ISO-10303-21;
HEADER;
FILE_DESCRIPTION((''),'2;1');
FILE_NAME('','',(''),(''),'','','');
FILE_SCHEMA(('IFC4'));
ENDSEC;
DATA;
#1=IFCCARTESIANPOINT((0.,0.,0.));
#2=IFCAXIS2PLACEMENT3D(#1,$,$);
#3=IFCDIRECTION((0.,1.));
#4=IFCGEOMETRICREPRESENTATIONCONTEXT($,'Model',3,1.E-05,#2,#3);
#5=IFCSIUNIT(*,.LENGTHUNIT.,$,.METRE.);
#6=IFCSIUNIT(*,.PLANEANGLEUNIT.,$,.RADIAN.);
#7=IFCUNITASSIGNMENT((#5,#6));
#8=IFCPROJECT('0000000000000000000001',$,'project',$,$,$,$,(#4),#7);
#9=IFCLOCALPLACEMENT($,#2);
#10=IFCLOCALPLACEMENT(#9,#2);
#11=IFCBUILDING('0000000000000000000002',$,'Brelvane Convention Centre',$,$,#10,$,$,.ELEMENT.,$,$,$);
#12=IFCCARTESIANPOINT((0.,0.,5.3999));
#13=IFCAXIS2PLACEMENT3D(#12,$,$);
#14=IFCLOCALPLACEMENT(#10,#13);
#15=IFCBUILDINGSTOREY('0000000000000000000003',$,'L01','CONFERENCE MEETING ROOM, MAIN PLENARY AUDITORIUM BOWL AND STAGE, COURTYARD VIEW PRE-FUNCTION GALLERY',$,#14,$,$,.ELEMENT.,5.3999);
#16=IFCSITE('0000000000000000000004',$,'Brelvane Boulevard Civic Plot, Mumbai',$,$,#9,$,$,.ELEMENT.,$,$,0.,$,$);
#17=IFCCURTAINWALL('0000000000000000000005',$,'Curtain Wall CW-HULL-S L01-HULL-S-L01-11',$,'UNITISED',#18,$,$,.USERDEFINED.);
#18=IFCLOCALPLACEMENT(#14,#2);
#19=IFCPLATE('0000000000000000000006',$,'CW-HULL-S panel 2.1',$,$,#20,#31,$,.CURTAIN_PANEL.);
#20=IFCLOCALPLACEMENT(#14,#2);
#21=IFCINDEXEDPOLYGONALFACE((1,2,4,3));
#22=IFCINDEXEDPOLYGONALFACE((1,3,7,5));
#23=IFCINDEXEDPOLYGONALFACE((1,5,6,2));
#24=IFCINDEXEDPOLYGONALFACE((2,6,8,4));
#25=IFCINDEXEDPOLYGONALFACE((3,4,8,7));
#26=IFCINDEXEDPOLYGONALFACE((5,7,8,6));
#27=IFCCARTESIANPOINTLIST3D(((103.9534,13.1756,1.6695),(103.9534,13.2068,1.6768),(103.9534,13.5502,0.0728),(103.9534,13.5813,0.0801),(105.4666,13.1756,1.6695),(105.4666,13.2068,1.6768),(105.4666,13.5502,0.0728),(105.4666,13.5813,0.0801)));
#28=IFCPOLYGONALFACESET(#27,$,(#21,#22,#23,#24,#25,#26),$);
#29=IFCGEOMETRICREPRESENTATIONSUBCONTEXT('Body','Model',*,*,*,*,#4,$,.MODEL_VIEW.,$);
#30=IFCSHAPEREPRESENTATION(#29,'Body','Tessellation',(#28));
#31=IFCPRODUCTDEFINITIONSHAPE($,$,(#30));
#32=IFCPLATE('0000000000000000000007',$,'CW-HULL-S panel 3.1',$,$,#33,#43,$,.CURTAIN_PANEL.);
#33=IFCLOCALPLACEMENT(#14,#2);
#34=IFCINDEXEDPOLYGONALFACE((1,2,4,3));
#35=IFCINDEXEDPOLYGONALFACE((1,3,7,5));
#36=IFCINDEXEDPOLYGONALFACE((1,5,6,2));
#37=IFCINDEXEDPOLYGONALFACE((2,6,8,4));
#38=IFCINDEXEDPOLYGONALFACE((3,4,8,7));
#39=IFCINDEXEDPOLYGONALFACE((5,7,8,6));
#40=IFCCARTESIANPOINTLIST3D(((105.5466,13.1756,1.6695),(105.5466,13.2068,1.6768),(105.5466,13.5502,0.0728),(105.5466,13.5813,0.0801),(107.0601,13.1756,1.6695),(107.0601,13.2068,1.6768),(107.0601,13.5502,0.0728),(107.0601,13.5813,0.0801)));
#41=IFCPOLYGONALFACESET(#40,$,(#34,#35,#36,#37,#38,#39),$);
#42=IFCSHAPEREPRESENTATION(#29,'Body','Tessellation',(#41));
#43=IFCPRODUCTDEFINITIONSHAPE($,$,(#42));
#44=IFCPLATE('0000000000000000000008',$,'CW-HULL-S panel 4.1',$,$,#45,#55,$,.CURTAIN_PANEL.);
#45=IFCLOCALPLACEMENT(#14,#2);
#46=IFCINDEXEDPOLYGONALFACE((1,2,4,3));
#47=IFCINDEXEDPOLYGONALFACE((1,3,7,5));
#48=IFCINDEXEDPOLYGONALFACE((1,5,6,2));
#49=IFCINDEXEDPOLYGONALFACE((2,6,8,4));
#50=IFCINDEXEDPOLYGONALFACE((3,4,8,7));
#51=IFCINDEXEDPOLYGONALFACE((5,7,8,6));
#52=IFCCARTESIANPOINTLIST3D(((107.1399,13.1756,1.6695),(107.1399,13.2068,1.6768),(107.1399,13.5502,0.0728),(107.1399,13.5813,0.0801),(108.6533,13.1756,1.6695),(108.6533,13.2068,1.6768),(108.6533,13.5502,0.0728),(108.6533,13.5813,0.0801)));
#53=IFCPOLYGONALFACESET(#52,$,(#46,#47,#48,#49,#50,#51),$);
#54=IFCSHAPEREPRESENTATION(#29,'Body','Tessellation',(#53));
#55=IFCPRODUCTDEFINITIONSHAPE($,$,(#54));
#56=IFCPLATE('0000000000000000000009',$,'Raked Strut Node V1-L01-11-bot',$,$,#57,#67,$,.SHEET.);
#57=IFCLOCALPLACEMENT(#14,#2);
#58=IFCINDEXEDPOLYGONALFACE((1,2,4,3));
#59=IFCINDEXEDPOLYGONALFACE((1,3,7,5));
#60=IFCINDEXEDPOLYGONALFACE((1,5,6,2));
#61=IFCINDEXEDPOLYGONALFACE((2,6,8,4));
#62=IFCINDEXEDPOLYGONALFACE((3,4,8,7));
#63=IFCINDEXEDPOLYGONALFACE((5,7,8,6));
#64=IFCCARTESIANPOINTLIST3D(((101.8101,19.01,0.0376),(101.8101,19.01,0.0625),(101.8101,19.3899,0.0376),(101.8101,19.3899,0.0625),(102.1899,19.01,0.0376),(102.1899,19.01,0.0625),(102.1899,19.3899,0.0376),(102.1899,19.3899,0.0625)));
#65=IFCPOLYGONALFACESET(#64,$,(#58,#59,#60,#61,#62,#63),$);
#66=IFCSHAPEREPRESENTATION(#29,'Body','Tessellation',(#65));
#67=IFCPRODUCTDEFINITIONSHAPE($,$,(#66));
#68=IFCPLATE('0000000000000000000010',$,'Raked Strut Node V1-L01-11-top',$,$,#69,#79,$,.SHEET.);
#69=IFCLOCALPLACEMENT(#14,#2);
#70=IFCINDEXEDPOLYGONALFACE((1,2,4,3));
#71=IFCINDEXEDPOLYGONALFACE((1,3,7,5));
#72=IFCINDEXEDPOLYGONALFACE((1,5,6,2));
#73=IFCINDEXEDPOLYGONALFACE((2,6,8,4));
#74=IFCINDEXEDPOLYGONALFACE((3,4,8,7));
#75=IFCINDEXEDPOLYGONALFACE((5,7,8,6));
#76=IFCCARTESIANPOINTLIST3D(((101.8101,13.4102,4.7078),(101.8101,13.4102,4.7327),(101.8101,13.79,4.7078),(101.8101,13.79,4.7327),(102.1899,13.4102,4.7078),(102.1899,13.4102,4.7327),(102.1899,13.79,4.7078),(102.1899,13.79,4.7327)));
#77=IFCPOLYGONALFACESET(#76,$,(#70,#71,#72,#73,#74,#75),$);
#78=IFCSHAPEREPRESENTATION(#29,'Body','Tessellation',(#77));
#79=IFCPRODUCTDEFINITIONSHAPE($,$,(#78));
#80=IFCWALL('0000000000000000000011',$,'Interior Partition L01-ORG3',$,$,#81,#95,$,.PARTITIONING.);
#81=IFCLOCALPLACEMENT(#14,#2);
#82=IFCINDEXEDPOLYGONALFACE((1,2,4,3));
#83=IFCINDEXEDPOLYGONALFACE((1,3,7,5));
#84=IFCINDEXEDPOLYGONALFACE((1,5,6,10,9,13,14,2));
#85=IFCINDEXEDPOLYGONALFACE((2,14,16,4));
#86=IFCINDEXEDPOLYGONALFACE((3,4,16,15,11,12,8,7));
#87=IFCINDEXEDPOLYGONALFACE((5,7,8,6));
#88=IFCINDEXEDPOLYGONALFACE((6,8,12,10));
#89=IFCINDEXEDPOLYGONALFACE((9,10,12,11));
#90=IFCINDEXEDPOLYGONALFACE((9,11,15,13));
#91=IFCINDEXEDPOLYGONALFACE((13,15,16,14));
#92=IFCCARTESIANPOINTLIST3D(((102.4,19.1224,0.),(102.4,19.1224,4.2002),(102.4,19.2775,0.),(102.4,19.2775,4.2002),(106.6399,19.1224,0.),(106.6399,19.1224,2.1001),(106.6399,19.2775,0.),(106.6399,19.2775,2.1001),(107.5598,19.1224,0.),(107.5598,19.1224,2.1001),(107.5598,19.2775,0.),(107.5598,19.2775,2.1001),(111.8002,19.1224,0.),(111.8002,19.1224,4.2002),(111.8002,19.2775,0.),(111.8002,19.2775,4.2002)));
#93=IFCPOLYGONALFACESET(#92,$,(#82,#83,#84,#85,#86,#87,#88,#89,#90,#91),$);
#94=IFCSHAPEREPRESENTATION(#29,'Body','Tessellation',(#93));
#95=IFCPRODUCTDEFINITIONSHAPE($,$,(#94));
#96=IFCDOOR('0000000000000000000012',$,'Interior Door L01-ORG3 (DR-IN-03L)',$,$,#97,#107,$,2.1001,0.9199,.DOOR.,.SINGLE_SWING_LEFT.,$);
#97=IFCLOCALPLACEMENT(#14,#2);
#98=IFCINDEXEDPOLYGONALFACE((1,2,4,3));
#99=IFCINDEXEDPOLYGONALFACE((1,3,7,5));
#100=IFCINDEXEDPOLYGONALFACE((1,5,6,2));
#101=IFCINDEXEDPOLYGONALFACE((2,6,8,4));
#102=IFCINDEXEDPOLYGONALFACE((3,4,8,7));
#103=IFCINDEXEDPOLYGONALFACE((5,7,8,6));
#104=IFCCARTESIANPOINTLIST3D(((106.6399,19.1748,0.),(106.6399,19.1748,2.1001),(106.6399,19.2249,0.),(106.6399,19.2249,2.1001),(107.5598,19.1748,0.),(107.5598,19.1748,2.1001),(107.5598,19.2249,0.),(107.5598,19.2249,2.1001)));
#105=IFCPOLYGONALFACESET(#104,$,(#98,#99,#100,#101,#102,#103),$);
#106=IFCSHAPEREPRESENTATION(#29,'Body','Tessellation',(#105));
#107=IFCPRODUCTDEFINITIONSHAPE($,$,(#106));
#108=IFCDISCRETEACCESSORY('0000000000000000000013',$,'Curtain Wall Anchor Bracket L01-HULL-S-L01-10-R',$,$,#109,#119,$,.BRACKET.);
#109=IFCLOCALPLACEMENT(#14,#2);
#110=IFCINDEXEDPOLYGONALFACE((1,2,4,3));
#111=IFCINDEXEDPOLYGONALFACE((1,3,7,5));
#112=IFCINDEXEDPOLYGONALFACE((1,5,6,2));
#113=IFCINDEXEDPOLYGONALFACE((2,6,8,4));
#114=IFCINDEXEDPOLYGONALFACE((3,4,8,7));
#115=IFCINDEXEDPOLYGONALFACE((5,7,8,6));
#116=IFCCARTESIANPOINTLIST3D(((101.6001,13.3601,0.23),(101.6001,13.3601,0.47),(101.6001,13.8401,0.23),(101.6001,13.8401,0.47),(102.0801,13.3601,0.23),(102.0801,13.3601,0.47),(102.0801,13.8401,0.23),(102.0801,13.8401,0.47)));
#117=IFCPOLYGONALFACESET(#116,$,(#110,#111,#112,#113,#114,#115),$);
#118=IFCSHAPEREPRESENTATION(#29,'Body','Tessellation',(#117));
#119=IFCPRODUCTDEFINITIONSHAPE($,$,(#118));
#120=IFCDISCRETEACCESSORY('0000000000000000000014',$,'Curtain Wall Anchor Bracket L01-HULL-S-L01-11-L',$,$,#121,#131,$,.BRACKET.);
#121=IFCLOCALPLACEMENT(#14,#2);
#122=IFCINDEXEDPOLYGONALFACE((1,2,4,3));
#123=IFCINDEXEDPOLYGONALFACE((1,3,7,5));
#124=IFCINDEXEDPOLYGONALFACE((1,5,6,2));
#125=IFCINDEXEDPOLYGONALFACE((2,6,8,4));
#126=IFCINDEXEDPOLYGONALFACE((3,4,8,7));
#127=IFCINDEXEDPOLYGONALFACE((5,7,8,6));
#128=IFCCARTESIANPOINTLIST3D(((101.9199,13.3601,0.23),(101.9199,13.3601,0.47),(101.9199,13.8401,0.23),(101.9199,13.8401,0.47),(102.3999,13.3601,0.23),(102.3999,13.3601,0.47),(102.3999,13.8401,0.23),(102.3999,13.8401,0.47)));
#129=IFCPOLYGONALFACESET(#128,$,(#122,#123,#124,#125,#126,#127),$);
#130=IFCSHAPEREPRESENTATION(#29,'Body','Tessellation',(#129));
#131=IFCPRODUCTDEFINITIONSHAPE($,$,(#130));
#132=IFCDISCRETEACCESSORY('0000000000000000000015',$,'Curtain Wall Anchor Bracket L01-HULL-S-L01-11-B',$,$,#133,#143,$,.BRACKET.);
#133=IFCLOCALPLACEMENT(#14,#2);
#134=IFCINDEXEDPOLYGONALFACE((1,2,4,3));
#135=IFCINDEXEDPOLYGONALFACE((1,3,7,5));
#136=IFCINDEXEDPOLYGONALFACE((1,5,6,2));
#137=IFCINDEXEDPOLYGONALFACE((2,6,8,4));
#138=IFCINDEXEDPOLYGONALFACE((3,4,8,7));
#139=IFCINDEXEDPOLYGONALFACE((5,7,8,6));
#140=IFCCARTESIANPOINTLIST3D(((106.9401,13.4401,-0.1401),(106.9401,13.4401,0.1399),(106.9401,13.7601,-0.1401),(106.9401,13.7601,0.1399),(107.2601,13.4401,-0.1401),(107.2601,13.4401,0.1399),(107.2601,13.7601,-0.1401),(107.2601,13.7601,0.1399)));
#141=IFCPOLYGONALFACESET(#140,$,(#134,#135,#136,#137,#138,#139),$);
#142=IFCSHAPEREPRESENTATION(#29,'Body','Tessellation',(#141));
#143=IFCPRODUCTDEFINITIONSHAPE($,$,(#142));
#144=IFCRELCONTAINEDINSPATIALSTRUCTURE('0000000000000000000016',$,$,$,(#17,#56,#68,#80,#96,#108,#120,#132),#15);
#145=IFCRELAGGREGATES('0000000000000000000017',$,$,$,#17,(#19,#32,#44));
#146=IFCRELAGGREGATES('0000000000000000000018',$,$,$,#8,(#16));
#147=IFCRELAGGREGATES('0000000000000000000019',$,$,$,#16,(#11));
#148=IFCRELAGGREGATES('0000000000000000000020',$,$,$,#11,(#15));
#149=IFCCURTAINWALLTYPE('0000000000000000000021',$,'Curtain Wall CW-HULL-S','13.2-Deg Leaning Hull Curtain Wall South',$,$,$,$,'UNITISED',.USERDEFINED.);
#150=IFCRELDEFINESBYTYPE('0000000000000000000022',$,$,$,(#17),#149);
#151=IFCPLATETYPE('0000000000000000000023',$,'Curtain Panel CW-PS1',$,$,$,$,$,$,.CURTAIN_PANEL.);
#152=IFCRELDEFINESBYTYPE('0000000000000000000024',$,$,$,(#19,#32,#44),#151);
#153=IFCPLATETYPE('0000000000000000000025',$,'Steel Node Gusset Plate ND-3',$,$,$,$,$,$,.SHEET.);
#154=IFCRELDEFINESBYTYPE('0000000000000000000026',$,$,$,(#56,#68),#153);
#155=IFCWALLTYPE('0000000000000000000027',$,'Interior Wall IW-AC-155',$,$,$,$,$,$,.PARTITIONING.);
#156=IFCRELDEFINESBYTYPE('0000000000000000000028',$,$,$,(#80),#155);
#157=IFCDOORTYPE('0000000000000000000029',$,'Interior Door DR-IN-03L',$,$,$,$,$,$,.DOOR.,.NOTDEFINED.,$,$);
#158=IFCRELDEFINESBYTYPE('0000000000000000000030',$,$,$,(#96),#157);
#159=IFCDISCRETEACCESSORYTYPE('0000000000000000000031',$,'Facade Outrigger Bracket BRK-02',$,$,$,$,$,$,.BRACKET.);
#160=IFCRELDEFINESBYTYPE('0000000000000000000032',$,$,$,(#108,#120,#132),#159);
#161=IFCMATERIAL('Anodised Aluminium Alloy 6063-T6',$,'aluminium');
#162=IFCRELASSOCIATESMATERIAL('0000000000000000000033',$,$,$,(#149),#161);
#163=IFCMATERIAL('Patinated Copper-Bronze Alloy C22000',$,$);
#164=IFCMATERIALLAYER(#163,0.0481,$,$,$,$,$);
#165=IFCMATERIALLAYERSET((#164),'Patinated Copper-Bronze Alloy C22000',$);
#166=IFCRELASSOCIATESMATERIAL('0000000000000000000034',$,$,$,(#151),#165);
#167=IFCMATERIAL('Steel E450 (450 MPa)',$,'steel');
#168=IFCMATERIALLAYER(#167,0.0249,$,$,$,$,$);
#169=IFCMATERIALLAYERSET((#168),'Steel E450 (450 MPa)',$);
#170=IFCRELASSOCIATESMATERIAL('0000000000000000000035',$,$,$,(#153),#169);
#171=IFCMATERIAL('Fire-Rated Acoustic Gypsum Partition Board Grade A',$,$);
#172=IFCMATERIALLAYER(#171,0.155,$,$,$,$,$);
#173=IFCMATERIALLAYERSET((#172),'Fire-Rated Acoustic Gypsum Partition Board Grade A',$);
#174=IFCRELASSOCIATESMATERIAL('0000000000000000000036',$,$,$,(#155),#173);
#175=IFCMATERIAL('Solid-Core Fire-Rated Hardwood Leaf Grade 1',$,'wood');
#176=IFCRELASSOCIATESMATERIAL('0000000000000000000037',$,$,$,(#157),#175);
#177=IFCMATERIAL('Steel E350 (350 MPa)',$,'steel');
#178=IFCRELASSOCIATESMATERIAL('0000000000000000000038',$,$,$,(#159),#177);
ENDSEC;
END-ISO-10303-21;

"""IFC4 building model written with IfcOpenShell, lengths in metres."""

from ifc_helpers import new_model, si_unit, direction, frame, frame_2d, origin, origin_2d, place, context, subcontext, project, spatial, polyline, rectangle, outline, extrude, material, layer, layer_set, type_object, element, fill, aggregate, save


model = new_model("IFC4")

# Units and contexts
model_context = context("Model", 3, precision=1e-05, world=origin(), true_north=direction((0.0, 1.0)))
body_context = subcontext(model_context, "Body", "Model", "MODEL_VIEW")
ifc_project = project(units=[si_unit("LENGTHUNIT", "METRE"), si_unit("PLANEANGLEUNIT", "RADIAN")], contexts=[model_context])

# Site, building, storey
site_placement = place(None, origin())
site = spatial("IfcSite", under=ifc_project, at=site_placement, Name="Brelvane Boulevard Civic Plot, Mumbai", CompositionType="ELEMENT", RefElevation=0.0)
building_placement = place(site_placement, origin())
building = spatial("IfcBuilding", under=site, at=building_placement, Name="Brelvane Convention Centre", CompositionType="ELEMENT")
storey_placement = place(building_placement, frame((0.0, 0.0, 5.3999)))
storey = spatial("IfcBuildingStorey", under=building, at=storey_placement, Name="L01", Description="CONFERENCE MEETING ROOM, MAIN PLENARY AUDITORIUM BOWL AND STAGE, COURTYARD VIEW PRE-FUNCTION GALLERY", CompositionType="ELEMENT", Elevation=5.3999)

# Curtain wall
ifc_material_1 = material(Name="Anodised Aluminium Alloy 6063-T6", Category="aluminium")
curtain_wall_type = type_object("IfcCurtainWallType", Name="Curtain Wall CW-HULL-S", Description="13.2-Deg Leaning Hull Curtain Wall South", ElementType="UNITISED", PredefinedType="USERDEFINED", material=ifc_material_1)
curtain_wall_1_placement = place(storey_placement, origin())
curtain_wall_1 = element("IfcCurtainWall", 1, at=curtain_wall_1_placement, inside=storey, type_object=curtain_wall_type, Name="Curtain Wall CW-HULL-S L01-HULL-S-L01-11", ObjectType="UNITISED", PredefinedType="USERDEFINED")

# Plates
ifc_material_2 = material(Name="Patinated Copper-Bronze Alloy C22000")
ifc_layer_1 = layer(ifc_material_2, 0.0481)
ifc_layer_set_1 = layer_set([ifc_layer_1], Name="Patinated Copper-Bronze Alloy C22000")
plate_type_1 = type_object("IfcPlateType", Name="Curtain Panel CW-PS1", PredefinedType="CURTAIN_PANEL", material=ifc_layer_set_1)
plate_1_placement = place(storey_placement, frame((103.9534, 13.5813, 0.0801), z_axis=(0.0, 0.973577, 0.228359), x_axis=(1.0, 0.0, 0.0)))
plate_1 = element("IfcPlate", 2, at=plate_1_placement, type_object=plate_type_1, Name="CW-HULL-S panel 2.1", PredefinedType="CURTAIN_PANEL", context=body_context, shape_type="SweptSolid", body=[
    extrude(outline(polyline([(0.0, 0.0), (1.5132, 0.0), (1.5132, -1.64), (0.0, -1.64), (0.0, 0.0)])), origin(), (0.0, 0.0, -1.0), 0.032),
])
plate_2_placement = place(storey_placement, frame((105.5466, 13.5813, 0.0801), z_axis=(0.0, 0.973577, 0.228359), x_axis=(1.0, 0.0, 0.0)))
plate_2 = element("IfcPlate", 3, at=plate_2_placement, type_object=plate_type_1, Name="CW-HULL-S panel 3.1", PredefinedType="CURTAIN_PANEL", context=body_context, shape_type="SweptSolid", body=[
    extrude(outline(polyline([(0.0, 0.0), (1.5134, 0.0), (1.5134, -1.64), (0.0, -1.64), (0.0, 0.0)])), origin(), (0.0, 0.0, -1.0), 0.032),
])
plate_3_placement = place(storey_placement, frame((107.1399, 13.5813, 0.0801), z_axis=(0.0, 0.973577, 0.228359), x_axis=(1.0, 0.0, 0.0)))
plate_3 = element("IfcPlate", 4, at=plate_3_placement, type_object=plate_type_1, Name="CW-HULL-S panel 4.1", PredefinedType="CURTAIN_PANEL", context=body_context, shape_type="SweptSolid", body=[
    extrude(outline(polyline([(0.0, 0.0), (1.5134, 0.0), (1.5134, -1.64), (0.0, -1.64), (0.0, 0.0)])), origin(), (0.0, 0.0, -1.0), 0.032),
])
aggregate(curtain_wall_1, [plate_1, plate_2, plate_3])

# Plates
ifc_material_3 = material(Name="Steel E450 (450 MPa)", Category="steel")
ifc_layer_2 = layer(ifc_material_3, 0.0249)
ifc_layer_set_2 = layer_set([ifc_layer_2], Name="Steel E450 (450 MPa)")
plate_type_2 = type_object("IfcPlateType", Name="Steel Node Gusset Plate ND-3", PredefinedType="SHEET", material=ifc_layer_set_2)
for number, where, z_axis, x_axis, name in (
    (5, (102.0, 19.2, 0.0376), (0.0, 0.0, 1.0), (1.0, 0.0, 0.0), "Raked Strut Node V1-L01-11-bot"),
    (6, (102.0, 13.6001, 4.7078), (0.0, 0.0, 1.0), (1.0, 0.0, 0.0), "Raked Strut Node V1-L01-11-top"),
):
    element("IfcPlate", number, at=place(storey_placement, frame(where, z_axis=z_axis, x_axis=x_axis)), inside=storey, type_object=plate_type_2, Name=name, PredefinedType="SHEET", context=body_context, shape_type="SweptSolid", body=[
        extrude(rectangle(XDim=0.3799, YDim=0.3799, at=origin_2d()), origin(), (0.0, 0.0, 1.0), 0.0249),
    ])

# Wall, opening, door
ifc_material_4 = material(Name="Fire-Rated Acoustic Gypsum Partition Board Grade A")
ifc_layer_3 = layer(ifc_material_4, 0.155)
ifc_layer_set_3 = layer_set([ifc_layer_3], Name="Fire-Rated Acoustic Gypsum Partition Board Grade A")
wall_type = type_object("IfcWallType", Name="Interior Wall IW-AC-155", PredefinedType="PARTITIONING", material=ifc_layer_set_3)
wall_placement = place(storey_placement, frame((102.3999, 19.2, 0.0), z_axis=(0.0, 0.0, 1.0), x_axis=(1.0, 0.0, 0.0)))
wall = element("IfcWall", 7, at=wall_placement, inside=storey, type_object=wall_type, Name="Interior Partition L01-ORG3", PredefinedType="PARTITIONING", context=body_context, shape_type="SweptSolid", body=[
    extrude(rectangle(XDim=9.4001, YDim=0.155, at=frame_2d((4.7002, 0.0))), origin(), (0.0, 0.0, 1.0), 4.2002),
])
opening_placement = place(wall_placement, frame((4.24, 0.0, 0.0)))
opening = element("IfcOpeningElement", 8, at=opening_placement, cuts=wall, PredefinedType="OPENING", context=body_context, shape_type="SweptSolid", body=[
    extrude(rectangle(XDim=0.9199, YDim=2.1001, at=frame_2d((0.46, 1.05))), frame((0.0, 0.0874, 0.0), z_axis=(0.0, -1.0, 0.0), x_axis=(1.0, 0.0, 0.0)), (0.0, 0.0, 1.0), 0.175),
])
ifc_material_5 = material(Name="Solid-Core Fire-Rated Hardwood Leaf Grade 1", Category="wood")
door_type = type_object("IfcDoorType", Name="Interior Door DR-IN-03L", OperationType="NOTDEFINED", PredefinedType="DOOR", material=ifc_material_5)
door_placement = place(opening_placement, origin())
door = element("IfcDoor", 9, at=door_placement, inside=storey, type_object=door_type, Name="Interior Door L01-ORG3 (DR-IN-03L)", OperationType="SINGLE_SWING_LEFT", OverallHeight=2.1001, OverallWidth=0.9199, PredefinedType="DOOR", context=body_context, shape_type="SweptSolid", body=[
    extrude(rectangle(XDim=0.9199, YDim=2.1001, at=frame_2d((0.46, 1.05))), frame((0.0, 0.0249, 0.0), z_axis=(0.0, -1.0, 0.0), x_axis=(1.0, 0.0, 0.0)), (0.0, 0.0, 1.0), 0.05),
])
fill(opening, door)

# Discrete accessories
ifc_material_6 = material(Name="Steel E350 (350 MPa)", Category="steel")
discrete_accessory_type = type_object("IfcDiscreteAccessoryType", Name="Facade Outrigger Bracket BRK-02", PredefinedType="BRACKET", material=ifc_material_6)
for number, where, z_axis, x_axis, name in (
    (10, (101.8401, 13.6001, 0.23), (0.0, 0.0, 1.0), (1.0, 0.0, 0.0), "Curtain Wall Anchor Bracket L01-HULL-S-L01-10-R"),
    (11, (102.1599, 13.6001, 0.23), (0.0, 0.0, 1.0), (1.0, 0.0, 0.0), "Curtain Wall Anchor Bracket L01-HULL-S-L01-11-L"),
):
    element("IfcDiscreteAccessory", number, at=place(storey_placement, frame(where, z_axis=z_axis, x_axis=x_axis)), inside=storey, type_object=discrete_accessory_type, Name=name, PredefinedType="BRACKET", context=body_context, shape_type="SweptSolid", body=[
        extrude(rectangle(XDim=0.48, YDim=0.48, at=origin_2d()), origin(), (0.0, 0.0, 1.0), 0.24),
    ])
discrete_accessory_placement = place(storey_placement, frame((107.1001, 13.6001, -0.1401), z_axis=(0.0, 0.0, 1.0), x_axis=(1.0, 0.0, 0.0)))
element("IfcDiscreteAccessory", 12, at=discrete_accessory_placement, inside=storey, type_object=discrete_accessory_type, Name="Curtain Wall Anchor Bracket L01-HULL-S-L01-11-B", PredefinedType="BRACKET", context=body_context, shape_type="SweptSolid", body=[
    extrude(rectangle(XDim=0.3201, YDim=0.3201, at=origin_2d()), origin(), (0.0, 0.0, 1.0), 0.28),
])

save(model, "model.ifc")
